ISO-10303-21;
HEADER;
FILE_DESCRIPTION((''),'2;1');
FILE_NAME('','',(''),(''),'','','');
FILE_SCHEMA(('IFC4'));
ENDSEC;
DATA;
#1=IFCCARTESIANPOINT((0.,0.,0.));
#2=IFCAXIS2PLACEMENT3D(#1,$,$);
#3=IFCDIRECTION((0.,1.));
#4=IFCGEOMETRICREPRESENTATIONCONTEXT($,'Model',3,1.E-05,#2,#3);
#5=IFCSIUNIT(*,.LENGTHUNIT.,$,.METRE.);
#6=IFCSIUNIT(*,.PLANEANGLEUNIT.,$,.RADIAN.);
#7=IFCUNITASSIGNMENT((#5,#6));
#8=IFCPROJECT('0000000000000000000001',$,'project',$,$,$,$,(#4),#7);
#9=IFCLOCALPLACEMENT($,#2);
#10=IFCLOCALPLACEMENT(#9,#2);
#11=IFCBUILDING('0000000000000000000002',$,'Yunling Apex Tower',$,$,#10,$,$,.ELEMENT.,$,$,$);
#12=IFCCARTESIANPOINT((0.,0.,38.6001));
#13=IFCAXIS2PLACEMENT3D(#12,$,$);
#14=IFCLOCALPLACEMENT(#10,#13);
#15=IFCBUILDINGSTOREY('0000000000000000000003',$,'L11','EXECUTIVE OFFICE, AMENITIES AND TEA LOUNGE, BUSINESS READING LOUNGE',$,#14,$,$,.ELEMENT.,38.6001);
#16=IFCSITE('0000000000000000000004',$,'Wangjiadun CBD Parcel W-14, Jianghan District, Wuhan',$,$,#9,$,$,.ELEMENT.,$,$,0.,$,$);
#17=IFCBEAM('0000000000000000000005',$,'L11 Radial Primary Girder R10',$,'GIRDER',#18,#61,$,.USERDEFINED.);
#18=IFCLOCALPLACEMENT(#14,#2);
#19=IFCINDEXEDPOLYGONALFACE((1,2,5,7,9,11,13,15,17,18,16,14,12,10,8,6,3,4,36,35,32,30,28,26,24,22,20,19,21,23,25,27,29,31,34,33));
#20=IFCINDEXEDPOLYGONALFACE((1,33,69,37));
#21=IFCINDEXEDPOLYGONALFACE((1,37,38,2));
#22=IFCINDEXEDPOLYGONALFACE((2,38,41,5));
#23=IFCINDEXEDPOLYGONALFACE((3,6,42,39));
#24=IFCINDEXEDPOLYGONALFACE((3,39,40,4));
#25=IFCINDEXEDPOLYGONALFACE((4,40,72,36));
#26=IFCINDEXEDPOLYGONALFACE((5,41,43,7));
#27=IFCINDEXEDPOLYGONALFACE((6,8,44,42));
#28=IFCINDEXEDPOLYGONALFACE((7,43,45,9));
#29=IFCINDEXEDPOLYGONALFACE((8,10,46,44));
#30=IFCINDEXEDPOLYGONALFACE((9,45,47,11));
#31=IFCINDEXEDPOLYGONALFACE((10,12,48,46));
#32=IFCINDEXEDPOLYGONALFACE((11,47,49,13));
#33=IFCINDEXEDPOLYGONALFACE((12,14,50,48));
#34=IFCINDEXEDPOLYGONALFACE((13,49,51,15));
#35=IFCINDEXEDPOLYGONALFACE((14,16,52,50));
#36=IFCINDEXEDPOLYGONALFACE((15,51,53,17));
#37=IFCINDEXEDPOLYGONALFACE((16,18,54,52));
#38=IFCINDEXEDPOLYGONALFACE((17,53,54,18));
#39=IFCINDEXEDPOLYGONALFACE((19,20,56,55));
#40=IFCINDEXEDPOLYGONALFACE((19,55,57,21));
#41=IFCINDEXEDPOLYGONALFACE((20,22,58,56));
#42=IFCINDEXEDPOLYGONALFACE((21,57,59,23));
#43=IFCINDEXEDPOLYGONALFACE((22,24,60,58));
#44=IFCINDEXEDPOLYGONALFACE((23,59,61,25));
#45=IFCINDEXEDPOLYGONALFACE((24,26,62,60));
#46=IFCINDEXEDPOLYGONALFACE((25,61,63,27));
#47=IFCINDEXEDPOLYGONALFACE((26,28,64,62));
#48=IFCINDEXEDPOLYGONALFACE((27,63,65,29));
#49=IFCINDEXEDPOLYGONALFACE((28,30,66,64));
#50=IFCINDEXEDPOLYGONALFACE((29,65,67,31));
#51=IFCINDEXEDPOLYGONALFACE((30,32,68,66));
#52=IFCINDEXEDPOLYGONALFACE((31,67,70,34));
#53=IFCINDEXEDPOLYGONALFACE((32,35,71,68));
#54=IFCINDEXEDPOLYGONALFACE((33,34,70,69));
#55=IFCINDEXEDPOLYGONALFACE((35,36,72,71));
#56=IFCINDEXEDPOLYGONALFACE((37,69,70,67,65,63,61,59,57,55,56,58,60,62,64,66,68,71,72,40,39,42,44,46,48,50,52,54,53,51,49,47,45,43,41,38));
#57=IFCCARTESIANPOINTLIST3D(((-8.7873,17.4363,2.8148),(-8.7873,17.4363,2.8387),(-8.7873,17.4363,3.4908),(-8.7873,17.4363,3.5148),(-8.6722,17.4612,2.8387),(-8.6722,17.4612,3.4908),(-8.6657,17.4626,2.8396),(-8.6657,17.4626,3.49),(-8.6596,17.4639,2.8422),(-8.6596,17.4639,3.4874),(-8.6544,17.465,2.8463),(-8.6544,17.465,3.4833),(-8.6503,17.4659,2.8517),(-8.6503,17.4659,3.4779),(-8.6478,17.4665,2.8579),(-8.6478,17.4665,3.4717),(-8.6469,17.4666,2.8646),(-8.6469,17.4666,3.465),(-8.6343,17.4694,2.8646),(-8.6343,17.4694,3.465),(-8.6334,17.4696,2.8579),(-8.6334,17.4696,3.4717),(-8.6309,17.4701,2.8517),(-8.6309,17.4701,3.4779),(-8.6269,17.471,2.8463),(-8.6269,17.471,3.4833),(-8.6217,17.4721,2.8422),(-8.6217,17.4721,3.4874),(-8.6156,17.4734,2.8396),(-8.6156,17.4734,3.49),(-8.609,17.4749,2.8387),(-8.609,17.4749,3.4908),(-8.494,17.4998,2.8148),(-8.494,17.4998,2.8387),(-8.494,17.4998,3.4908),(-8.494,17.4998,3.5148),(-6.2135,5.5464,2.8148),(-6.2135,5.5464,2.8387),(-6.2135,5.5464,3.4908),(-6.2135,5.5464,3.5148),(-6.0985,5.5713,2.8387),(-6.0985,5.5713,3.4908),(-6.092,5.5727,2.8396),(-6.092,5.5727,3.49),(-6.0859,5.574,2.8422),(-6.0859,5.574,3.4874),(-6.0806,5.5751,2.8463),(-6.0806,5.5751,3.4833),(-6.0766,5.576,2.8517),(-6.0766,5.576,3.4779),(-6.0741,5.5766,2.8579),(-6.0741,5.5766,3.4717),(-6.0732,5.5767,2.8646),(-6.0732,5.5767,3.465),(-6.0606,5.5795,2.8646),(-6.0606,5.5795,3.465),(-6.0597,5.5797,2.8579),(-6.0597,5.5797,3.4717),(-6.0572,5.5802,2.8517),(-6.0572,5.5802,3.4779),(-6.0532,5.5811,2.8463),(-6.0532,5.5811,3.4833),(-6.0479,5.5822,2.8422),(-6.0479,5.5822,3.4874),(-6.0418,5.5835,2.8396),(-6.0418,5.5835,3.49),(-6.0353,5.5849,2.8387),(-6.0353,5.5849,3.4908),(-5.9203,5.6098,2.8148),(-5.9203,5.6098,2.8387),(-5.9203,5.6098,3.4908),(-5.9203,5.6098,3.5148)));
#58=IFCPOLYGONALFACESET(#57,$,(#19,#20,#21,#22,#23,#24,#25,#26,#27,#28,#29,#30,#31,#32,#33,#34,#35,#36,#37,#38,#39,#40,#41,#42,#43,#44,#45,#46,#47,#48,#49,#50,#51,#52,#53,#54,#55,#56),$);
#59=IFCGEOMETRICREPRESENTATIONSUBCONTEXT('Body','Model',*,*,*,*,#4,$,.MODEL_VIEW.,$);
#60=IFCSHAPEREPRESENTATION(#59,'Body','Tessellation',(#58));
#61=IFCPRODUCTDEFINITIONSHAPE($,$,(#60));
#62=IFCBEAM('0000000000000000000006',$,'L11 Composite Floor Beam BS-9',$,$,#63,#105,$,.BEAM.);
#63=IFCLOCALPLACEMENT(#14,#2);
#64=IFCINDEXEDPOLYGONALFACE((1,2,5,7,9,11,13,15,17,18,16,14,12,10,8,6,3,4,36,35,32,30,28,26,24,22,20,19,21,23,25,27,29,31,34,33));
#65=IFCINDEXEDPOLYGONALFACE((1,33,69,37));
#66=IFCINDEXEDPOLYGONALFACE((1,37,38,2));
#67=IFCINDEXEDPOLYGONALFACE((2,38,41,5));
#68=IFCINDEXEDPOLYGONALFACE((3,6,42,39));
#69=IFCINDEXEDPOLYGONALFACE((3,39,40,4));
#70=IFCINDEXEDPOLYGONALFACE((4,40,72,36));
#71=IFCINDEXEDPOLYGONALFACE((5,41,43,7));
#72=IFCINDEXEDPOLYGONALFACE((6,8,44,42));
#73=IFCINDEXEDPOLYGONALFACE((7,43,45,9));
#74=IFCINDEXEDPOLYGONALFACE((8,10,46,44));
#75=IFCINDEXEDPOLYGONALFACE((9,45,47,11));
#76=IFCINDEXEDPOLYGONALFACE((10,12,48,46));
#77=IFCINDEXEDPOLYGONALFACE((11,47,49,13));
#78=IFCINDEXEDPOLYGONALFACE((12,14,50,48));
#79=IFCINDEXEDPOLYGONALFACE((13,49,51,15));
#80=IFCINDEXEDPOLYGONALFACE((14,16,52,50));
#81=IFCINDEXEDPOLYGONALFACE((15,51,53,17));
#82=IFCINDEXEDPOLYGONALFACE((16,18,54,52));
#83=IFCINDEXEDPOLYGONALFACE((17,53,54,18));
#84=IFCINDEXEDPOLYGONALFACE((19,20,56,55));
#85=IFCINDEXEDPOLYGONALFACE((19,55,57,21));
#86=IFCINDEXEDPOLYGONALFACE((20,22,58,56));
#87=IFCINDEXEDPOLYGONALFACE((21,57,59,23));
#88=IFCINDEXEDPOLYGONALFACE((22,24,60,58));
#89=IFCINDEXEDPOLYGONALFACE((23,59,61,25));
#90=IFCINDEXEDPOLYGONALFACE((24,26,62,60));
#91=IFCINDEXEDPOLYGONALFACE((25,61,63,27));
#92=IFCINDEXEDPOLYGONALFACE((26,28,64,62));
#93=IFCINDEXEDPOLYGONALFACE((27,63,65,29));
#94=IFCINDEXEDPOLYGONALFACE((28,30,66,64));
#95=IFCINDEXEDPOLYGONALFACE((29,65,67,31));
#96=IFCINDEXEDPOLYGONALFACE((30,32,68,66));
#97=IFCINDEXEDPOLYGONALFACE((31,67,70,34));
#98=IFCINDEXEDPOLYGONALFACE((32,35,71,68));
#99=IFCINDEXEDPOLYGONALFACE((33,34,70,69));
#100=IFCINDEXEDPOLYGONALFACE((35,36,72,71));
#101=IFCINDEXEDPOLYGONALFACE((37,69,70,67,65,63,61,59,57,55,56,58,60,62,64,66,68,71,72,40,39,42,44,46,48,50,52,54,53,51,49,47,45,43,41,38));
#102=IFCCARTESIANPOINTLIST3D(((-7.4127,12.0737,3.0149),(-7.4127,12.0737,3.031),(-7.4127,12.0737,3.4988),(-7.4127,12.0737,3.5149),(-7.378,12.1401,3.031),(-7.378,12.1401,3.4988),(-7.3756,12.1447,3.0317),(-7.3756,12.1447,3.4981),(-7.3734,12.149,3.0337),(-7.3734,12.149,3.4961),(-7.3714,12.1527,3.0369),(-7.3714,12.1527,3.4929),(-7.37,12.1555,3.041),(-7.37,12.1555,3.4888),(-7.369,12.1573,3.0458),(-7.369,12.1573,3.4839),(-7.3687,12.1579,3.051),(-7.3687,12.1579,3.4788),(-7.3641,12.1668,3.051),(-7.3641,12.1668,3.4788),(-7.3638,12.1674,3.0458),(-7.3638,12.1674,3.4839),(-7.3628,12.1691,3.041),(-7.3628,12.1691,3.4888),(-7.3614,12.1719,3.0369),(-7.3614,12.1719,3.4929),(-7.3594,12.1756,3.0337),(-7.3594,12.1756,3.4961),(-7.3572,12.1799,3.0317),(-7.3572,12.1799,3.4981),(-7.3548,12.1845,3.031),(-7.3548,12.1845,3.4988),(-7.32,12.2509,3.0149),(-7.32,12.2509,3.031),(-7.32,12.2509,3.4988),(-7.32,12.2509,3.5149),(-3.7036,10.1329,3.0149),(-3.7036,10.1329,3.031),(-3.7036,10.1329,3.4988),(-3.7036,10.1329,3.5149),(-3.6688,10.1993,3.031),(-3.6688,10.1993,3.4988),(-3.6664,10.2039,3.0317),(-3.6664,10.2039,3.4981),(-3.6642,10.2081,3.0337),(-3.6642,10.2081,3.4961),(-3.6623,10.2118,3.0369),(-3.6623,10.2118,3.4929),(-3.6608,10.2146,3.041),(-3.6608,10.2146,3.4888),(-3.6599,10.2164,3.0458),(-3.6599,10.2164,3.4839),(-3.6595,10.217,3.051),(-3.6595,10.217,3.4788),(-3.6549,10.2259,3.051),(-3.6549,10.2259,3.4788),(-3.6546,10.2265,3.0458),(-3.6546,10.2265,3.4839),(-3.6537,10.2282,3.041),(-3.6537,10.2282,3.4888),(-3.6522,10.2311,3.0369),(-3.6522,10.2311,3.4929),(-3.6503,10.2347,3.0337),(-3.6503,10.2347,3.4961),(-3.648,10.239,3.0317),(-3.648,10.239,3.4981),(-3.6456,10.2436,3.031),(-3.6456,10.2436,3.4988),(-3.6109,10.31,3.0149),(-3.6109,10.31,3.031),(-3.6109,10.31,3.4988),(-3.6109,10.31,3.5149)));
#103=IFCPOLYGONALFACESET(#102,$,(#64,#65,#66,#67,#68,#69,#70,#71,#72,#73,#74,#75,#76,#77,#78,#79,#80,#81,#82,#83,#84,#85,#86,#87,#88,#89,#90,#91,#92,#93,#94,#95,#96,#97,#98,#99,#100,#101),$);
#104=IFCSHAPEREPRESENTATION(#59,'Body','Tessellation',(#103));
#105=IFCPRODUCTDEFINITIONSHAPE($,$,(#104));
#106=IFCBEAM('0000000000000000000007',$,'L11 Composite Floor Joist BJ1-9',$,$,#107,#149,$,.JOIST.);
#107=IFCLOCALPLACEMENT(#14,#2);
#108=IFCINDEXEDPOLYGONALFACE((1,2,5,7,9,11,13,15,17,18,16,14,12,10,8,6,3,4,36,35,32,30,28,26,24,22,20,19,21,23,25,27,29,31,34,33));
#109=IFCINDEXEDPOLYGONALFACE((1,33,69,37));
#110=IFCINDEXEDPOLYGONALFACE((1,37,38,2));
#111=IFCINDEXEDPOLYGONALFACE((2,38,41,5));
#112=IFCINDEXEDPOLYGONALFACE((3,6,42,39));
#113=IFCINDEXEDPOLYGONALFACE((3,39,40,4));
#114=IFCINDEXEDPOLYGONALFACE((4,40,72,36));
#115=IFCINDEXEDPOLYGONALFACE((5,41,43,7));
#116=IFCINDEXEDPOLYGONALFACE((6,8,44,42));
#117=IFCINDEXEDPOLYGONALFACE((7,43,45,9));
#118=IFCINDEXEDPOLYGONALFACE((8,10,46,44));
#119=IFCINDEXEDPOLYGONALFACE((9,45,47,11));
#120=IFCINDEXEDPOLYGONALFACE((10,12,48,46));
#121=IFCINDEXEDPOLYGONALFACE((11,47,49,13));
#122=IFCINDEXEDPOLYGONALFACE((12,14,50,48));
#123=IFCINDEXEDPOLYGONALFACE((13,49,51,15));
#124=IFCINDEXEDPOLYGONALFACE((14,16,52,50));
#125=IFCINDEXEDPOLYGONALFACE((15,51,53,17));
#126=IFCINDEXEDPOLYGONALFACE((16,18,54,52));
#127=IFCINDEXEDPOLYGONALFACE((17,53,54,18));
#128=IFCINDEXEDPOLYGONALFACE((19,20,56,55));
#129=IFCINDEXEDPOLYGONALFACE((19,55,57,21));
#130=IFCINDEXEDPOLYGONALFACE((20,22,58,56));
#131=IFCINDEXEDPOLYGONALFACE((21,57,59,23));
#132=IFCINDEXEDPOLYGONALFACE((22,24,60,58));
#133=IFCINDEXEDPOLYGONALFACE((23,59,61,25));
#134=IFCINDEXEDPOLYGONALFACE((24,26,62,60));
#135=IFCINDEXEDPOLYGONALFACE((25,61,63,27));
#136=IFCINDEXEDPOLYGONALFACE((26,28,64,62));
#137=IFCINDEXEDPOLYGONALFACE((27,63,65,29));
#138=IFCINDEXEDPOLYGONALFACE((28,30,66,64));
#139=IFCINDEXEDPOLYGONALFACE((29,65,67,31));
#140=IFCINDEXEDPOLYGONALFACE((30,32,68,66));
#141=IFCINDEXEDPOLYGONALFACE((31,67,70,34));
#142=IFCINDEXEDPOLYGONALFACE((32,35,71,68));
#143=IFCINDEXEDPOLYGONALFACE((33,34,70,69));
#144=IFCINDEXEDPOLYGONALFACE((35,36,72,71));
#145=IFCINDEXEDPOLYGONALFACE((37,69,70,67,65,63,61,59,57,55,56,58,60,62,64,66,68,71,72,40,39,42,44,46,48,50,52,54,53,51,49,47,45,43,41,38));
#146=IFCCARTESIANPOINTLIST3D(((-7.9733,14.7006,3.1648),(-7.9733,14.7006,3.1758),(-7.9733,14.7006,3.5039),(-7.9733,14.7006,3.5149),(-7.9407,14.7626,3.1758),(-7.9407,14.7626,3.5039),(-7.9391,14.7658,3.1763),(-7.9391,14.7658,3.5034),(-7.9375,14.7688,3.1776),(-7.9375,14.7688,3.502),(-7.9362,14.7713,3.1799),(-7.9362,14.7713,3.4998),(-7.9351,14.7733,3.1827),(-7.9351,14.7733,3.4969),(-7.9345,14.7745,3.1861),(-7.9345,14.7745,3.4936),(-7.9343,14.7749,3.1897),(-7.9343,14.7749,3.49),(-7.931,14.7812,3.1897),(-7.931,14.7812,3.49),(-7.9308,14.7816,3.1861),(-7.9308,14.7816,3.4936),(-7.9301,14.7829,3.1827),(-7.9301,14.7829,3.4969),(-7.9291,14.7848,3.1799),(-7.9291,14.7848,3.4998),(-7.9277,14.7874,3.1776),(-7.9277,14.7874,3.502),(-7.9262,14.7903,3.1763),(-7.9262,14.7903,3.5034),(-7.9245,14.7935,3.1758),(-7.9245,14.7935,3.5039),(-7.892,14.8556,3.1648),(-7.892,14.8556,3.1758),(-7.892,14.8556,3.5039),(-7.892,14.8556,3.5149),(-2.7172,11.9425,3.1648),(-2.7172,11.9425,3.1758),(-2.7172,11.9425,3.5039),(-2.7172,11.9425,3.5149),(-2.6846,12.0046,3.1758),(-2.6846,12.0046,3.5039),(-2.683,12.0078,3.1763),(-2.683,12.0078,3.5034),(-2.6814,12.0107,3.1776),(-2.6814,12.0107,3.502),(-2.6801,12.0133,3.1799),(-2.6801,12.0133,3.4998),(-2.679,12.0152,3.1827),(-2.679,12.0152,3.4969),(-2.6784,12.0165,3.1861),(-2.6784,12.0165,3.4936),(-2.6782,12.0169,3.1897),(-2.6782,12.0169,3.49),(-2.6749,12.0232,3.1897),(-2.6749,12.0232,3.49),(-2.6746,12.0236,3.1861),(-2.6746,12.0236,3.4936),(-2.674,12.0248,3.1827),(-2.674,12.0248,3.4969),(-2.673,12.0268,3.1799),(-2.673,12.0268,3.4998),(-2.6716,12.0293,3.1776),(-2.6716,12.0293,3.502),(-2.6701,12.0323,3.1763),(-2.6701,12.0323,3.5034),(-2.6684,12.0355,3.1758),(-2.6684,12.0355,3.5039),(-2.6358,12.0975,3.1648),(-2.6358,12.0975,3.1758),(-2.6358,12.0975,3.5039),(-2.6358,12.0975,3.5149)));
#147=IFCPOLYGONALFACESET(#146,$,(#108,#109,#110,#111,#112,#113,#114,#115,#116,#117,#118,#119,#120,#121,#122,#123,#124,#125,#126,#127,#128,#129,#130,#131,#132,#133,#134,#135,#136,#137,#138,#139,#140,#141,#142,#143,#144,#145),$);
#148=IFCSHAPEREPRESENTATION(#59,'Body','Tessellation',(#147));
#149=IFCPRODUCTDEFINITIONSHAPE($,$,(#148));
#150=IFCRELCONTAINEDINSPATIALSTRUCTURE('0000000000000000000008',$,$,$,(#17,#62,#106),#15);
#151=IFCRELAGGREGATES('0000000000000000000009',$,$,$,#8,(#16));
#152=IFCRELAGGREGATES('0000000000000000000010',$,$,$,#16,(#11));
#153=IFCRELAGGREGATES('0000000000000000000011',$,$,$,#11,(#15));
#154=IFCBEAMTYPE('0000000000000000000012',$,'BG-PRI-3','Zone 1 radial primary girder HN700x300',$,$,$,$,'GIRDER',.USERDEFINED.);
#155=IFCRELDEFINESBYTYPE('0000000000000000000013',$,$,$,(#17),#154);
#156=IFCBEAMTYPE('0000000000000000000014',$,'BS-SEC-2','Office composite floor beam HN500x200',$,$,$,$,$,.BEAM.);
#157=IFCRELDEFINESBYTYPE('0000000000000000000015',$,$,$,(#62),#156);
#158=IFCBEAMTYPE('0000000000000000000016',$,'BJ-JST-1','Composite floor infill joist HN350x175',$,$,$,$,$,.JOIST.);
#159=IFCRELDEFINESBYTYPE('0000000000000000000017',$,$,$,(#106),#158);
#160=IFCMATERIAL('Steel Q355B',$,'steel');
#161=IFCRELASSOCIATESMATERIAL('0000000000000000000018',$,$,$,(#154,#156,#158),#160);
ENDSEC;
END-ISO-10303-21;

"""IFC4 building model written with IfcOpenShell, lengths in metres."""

from ifc_helpers import new_model, si_unit, direction, frame, origin, origin_2d, place, context, subcontext, project, spatial, i_section, extrude, source, transform, mapped, material, material_profile, profile_set, type_object, element, save


model = new_model("IFC4")

# Units and contexts
model_context = context("Model", 3, precision=1e-05, world=origin(), true_north=direction((0.0, 1.0)))
body_context = subcontext(model_context, "Body", "Model", "MODEL_VIEW")
ifc_project = project(units=[si_unit("LENGTHUNIT", "METRE"), si_unit("PLANEANGLEUNIT", "RADIAN")], contexts=[model_context])

# Site, building, storey
site_placement = place(None, origin())
site = spatial("IfcSite", under=ifc_project, at=site_placement, Name="Wangjiadun CBD Parcel W-14, Jianghan District, Wuhan", CompositionType="ELEMENT", RefElevation=0.0)
building_placement = place(site_placement, origin())
building = spatial("IfcBuilding", under=site, at=building_placement, Name="Yunling Apex Tower", CompositionType="ELEMENT")
storey_placement = place(building_placement, frame((0.0, 0.0, 38.6001)))
storey = spatial("IfcBuildingStorey", under=building, at=storey_placement, Name="L11", Description="EXECUTIVE OFFICE, AMENITIES AND TEA LOUNGE, BUSINESS READING LOUNGE", CompositionType="ELEMENT", Elevation=38.6001)

# Beams
ifc_material_1 = material(Name="Steel Q355B", Category="steel")
ifc_material_profile_1 = material_profile(ifc_material_1, i_section(OverallWidth=0.3, OverallDepth=0.7, WebThickness=0.0129, FlangeThickness=0.0239, FilletRadius=0.0259, at=origin_2d()))
ifc_profile_set_1 = profile_set([ifc_material_profile_1], Name="Steel Q355B")
beam_type_1 = type_object("IfcBeamType", Name="BG-PRI-3", Description="Zone 1 radial primary girder HN700x300", ElementType="GIRDER", PredefinedType="USERDEFINED", material=ifc_profile_set_1)
shared_shape_1 = source(origin(), body_context, "Body", "SweptSolid", [
    extrude(i_section(OverallWidth=0.3, OverallDepth=0.7, WebThickness=0.0129, FlangeThickness=0.0239, FilletRadius=0.0259, at=origin_2d()), origin(), (0.0, 0.0, 1.0), 12.1653),
])
beam_1_placement = place(storey_placement, frame((-8.6406, 17.468, 3.1648), z_axis=(0.211564, -0.977364, 0.0), x_axis=(0.977364, 0.211564, 0.0)))
element("IfcBeam", 1, at=beam_1_placement, inside=storey, type_object=beam_type_1, Name="L11 Radial Primary Girder R10", ObjectType="GIRDER", PredefinedType="USERDEFINED", context=body_context, shape_type="MappedRepresentation", body=[
    mapped(shared_shape_1, transform((0.0, 0.0, 0.0), scale=1.0)),
])
ifc_material_profile_2 = material_profile(ifc_material_1, i_section(OverallWidth=0.2, OverallDepth=0.5, WebThickness=0.01, FlangeThickness=0.0161, FilletRadius=0.02, at=origin_2d()))
ifc_profile_set_2 = profile_set([ifc_material_profile_2], Name="Steel Q355B")
beam_type_2 = type_object("IfcBeamType", Name="BS-SEC-2", Description="Office composite floor beam HN500x200", PredefinedType="BEAM", material=ifc_profile_set_2)
shared_shape_2 = source(origin(), body_context, "Body", "SweptSolid", [
    extrude(i_section(OverallWidth=0.2, OverallDepth=0.5, WebThickness=0.01, FlangeThickness=0.0161, FilletRadius=0.02, at=origin_2d()), origin(), (0.0, 0.0, 1.0), 4.1863),
])
beam_2_placement = place(storey_placement, frame((-3.6572, 10.2214, 3.2649), z_axis=(-0.886029, 0.46363, 0.0), x_axis=(-0.46363, -0.886029, 0.0)))
element("IfcBeam", 2, at=beam_2_placement, inside=storey, type_object=beam_type_2, Name="L11 Composite Floor Beam BS-9", PredefinedType="BEAM", context=body_context, shape_type="MappedRepresentation", body=[
    mapped(shared_shape_2, transform((0.0, 0.0, 0.0), scale=1.0)),
])
ifc_material_profile_3 = material_profile(ifc_material_1, i_section(OverallWidth=0.175, OverallDepth=0.3501, WebThickness=0.0071, FlangeThickness=0.011, FilletRadius=0.0139, at=origin_2d()))
ifc_profile_set_3 = profile_set([ifc_material_profile_3], Name="Steel Q355B")
beam_type_3 = type_object("IfcBeamType", Name="BJ-JST-1", Description="Composite floor infill joist HN350x175", PredefinedType="JOIST", material=ifc_profile_set_3)
shared_shape_3 = source(origin(), body_context, "Body", "SweptSolid", [
    extrude(i_section(OverallWidth=0.175, OverallDepth=0.3501, WebThickness=0.0071, FlangeThickness=0.011, FilletRadius=0.0139, at=origin_2d()), origin(), (0.0, 0.0, 1.0), 5.9358),
])
beam_3_placement = place(storey_placement, frame((-2.6765, 12.02, 3.3398), z_axis=(-0.885495, 0.464649, 0.0), x_axis=(-0.464649, -0.885495, 0.0)))
element("IfcBeam", 3, at=beam_3_placement, inside=storey, type_object=beam_type_3, Name="L11 Composite Floor Joist BJ1-9", PredefinedType="JOIST", context=body_context, shape_type="MappedRepresentation", body=[
    mapped(shared_shape_3, transform((0.0, 0.0, 0.0), scale=1.0)),
])

save(model, "model.ifc")
